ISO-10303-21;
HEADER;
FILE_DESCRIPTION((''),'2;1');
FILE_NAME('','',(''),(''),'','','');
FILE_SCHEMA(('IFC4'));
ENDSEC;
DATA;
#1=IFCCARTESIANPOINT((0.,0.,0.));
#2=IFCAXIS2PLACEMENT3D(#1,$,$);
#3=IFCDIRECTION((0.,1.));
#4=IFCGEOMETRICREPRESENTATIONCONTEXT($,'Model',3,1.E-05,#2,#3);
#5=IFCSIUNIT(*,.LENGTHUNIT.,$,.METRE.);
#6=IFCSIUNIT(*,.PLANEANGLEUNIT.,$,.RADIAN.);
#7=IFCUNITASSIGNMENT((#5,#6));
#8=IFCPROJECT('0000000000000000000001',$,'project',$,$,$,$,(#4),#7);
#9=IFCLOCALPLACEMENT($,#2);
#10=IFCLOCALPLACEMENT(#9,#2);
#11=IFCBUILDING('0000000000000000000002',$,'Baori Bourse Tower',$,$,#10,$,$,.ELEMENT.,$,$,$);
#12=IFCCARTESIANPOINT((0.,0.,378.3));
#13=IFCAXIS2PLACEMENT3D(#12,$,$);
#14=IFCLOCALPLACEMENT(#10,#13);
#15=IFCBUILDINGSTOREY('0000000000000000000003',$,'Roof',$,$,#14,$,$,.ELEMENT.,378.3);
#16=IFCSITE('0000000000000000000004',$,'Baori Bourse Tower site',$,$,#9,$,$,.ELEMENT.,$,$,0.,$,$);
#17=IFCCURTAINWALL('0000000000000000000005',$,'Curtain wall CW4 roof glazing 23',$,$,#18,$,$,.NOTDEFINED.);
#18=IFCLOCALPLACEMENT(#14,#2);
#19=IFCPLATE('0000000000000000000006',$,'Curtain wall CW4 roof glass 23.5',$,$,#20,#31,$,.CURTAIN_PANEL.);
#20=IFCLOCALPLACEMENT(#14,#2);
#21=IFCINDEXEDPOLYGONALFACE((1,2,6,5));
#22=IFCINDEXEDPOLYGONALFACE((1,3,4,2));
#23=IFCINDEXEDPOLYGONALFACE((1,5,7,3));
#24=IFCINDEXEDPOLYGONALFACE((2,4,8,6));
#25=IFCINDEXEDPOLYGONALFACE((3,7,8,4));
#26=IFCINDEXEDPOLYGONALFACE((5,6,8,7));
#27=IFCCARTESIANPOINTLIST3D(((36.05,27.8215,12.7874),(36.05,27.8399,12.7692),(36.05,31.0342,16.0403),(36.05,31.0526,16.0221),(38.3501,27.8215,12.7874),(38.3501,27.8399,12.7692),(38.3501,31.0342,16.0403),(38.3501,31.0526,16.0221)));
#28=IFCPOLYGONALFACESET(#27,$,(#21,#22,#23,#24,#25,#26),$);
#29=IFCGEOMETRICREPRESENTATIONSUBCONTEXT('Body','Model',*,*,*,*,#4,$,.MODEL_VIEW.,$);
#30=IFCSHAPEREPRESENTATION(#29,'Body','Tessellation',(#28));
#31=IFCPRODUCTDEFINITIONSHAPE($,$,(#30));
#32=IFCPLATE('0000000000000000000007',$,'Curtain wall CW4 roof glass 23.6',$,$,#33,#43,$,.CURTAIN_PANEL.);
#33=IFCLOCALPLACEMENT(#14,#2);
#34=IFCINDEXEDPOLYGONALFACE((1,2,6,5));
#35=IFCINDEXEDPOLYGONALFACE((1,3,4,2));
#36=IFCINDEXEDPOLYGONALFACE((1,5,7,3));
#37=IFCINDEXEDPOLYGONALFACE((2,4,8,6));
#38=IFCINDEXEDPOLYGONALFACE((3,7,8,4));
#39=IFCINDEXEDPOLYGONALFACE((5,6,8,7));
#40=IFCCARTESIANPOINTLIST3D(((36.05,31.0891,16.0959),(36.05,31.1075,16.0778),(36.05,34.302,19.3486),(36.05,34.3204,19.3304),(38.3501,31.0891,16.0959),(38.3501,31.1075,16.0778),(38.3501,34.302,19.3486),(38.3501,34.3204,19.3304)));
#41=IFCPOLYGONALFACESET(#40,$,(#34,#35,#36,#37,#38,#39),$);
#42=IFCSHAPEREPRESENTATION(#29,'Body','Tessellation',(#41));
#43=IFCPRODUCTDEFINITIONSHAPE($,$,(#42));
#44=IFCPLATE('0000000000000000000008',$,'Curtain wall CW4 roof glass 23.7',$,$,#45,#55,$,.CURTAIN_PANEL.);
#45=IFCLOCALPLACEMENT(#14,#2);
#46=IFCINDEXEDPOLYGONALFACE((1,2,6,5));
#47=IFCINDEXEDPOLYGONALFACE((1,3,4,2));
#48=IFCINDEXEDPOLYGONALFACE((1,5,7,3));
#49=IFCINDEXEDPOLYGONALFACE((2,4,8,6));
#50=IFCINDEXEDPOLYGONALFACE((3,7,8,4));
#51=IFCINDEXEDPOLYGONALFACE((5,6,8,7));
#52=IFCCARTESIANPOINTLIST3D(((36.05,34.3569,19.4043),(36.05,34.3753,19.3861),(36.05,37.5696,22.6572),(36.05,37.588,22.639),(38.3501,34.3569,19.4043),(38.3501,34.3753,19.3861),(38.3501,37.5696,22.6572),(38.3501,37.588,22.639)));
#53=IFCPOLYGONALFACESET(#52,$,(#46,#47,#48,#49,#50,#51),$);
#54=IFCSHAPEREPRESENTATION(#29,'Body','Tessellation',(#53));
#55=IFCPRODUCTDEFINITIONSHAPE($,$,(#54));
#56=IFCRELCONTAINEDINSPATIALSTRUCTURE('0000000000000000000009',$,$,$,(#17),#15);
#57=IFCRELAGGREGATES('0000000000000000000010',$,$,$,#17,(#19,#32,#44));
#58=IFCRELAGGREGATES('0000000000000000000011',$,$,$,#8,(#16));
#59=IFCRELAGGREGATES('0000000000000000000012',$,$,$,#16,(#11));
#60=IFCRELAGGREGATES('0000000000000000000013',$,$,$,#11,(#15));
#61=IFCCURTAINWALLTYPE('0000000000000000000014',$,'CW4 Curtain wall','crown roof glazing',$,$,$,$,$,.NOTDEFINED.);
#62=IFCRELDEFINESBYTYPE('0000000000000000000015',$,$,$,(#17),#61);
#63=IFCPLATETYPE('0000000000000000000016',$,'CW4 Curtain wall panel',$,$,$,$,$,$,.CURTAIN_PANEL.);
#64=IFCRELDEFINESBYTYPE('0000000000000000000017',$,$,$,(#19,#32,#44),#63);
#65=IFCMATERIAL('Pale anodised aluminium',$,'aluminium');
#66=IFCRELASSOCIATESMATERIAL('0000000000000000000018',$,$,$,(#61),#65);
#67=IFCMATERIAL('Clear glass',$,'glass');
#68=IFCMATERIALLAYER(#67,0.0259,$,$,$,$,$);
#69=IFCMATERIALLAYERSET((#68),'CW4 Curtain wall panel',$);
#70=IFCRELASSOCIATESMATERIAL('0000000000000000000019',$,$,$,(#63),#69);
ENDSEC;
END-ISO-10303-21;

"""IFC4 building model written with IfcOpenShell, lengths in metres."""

from ifc_helpers import new_model, si_unit, direction, frame, origin, place, context, subcontext, project, spatial, polyline, outline, extrude, material, layer, layer_set, type_object, element, aggregate, save


model = new_model("IFC4")

# Units and contexts
model_context = context("Model", 3, precision=1e-05, world=origin(), true_north=direction((0.0, 1.0)))
body_context = subcontext(model_context, "Body", "Model", "MODEL_VIEW")
ifc_project = project(units=[si_unit("LENGTHUNIT", "METRE"), si_unit("PLANEANGLEUNIT", "RADIAN")], contexts=[model_context])

# Site, building, storey
site_placement = place(None, origin())
site = spatial("IfcSite", under=ifc_project, at=site_placement, Name="Baori Bourse Tower site", CompositionType="ELEMENT", RefElevation=0.0)
building_placement = place(site_placement, origin())
building = spatial("IfcBuilding", under=site, at=building_placement, Name="Baori Bourse Tower", CompositionType="ELEMENT")
storey_placement = place(building_placement, frame((0.0, 0.0, 378.3)))
storey = spatial("IfcBuildingStorey", under=building, at=storey_placement, Name="Roof", CompositionType="ELEMENT", Elevation=378.3)

# Curtain wall
ifc_material_1 = material(Name="Pale anodised aluminium", Category="aluminium")
curtain_wall_type_1 = type_object("IfcCurtainWallType", Name="CW4 Curtain wall", Description="crown roof glazing", PredefinedType="NOTDEFINED", material=ifc_material_1)
curtain_wall_1_placement = place(storey_placement, origin())
curtain_wall_1 = element("IfcCurtainWall", 1, at=curtain_wall_1_placement, inside=storey, type_object=curtain_wall_type_1, Name="Curtain wall CW4 roof glazing 23", PredefinedType="NOTDEFINED")

# Plates
ifc_material_2 = material(Name="Clear glass", Category="glass")
ifc_layer_1 = layer(ifc_material_2, 0.0259)
ifc_layer_set_1 = layer_set([ifc_layer_1], Name="CW4 Curtain wall panel")
plate_type_1 = type_object("IfcPlateType", Name="CW4 Curtain wall panel", PredefinedType="CURTAIN_PANEL", material=ifc_layer_set_1)
plate_1_placement = place(storey_placement, frame((36.05, 27.8215, 12.7874), z_axis=(0.0, -0.711499, 0.702688), x_axis=(1.0, 0.0, 0.0)))
plate_1 = element("IfcPlate", 2, at=plate_1_placement, type_object=plate_type_1, Name="Curtain wall CW4 roof glass 23.5", PredefinedType="CURTAIN_PANEL", context=body_context, shape_type="SweptSolid", body=[
    extrude(outline(polyline([(0.0, 0.0), (2.3, 0.0), (2.3, 4.5719), (0.0, 4.5719), (0.0, 0.0)])), origin(), (0.0, 0.0, -1.0), 0.0259),
])
plate_2_placement = place(storey_placement, frame((36.05, 31.0891, 16.0959), z_axis=(0.0, -0.711445, 0.702741), x_axis=(1.0, 0.0, 0.0)))
plate_2 = element("IfcPlate", 3, at=plate_2_placement, type_object=plate_type_1, Name="Curtain wall CW4 roof glass 23.6", PredefinedType="CURTAIN_PANEL", context=body_context, shape_type="SweptSolid", body=[
    extrude(outline(polyline([(0.0, 0.0), (2.3, 0.0), (2.3, 4.5719), (0.0, 4.5719), (0.0, 0.0)])), origin(), (0.0, 0.0, -1.0), 0.0259),
])
plate_3_placement = place(storey_placement, frame((36.05, 34.3569, 19.4043), z_axis=(0.0, -0.711499, 0.702688), x_axis=(1.0, 0.0, 0.0)))
plate_3 = element("IfcPlate", 4, at=plate_3_placement, type_object=plate_type_1, Name="Curtain wall CW4 roof glass 23.7", PredefinedType="CURTAIN_PANEL", context=body_context, shape_type="SweptSolid", body=[
    extrude(outline(polyline([(0.0, 0.0), (2.3, 0.0), (2.3, 4.5719), (0.0, 4.5719), (0.0, 0.0)])), origin(), (0.0, 0.0, -1.0), 0.0259),
])
aggregate(curtain_wall_1, [plate_1, plate_2, plate_3])

save(model, "model.ifc")
